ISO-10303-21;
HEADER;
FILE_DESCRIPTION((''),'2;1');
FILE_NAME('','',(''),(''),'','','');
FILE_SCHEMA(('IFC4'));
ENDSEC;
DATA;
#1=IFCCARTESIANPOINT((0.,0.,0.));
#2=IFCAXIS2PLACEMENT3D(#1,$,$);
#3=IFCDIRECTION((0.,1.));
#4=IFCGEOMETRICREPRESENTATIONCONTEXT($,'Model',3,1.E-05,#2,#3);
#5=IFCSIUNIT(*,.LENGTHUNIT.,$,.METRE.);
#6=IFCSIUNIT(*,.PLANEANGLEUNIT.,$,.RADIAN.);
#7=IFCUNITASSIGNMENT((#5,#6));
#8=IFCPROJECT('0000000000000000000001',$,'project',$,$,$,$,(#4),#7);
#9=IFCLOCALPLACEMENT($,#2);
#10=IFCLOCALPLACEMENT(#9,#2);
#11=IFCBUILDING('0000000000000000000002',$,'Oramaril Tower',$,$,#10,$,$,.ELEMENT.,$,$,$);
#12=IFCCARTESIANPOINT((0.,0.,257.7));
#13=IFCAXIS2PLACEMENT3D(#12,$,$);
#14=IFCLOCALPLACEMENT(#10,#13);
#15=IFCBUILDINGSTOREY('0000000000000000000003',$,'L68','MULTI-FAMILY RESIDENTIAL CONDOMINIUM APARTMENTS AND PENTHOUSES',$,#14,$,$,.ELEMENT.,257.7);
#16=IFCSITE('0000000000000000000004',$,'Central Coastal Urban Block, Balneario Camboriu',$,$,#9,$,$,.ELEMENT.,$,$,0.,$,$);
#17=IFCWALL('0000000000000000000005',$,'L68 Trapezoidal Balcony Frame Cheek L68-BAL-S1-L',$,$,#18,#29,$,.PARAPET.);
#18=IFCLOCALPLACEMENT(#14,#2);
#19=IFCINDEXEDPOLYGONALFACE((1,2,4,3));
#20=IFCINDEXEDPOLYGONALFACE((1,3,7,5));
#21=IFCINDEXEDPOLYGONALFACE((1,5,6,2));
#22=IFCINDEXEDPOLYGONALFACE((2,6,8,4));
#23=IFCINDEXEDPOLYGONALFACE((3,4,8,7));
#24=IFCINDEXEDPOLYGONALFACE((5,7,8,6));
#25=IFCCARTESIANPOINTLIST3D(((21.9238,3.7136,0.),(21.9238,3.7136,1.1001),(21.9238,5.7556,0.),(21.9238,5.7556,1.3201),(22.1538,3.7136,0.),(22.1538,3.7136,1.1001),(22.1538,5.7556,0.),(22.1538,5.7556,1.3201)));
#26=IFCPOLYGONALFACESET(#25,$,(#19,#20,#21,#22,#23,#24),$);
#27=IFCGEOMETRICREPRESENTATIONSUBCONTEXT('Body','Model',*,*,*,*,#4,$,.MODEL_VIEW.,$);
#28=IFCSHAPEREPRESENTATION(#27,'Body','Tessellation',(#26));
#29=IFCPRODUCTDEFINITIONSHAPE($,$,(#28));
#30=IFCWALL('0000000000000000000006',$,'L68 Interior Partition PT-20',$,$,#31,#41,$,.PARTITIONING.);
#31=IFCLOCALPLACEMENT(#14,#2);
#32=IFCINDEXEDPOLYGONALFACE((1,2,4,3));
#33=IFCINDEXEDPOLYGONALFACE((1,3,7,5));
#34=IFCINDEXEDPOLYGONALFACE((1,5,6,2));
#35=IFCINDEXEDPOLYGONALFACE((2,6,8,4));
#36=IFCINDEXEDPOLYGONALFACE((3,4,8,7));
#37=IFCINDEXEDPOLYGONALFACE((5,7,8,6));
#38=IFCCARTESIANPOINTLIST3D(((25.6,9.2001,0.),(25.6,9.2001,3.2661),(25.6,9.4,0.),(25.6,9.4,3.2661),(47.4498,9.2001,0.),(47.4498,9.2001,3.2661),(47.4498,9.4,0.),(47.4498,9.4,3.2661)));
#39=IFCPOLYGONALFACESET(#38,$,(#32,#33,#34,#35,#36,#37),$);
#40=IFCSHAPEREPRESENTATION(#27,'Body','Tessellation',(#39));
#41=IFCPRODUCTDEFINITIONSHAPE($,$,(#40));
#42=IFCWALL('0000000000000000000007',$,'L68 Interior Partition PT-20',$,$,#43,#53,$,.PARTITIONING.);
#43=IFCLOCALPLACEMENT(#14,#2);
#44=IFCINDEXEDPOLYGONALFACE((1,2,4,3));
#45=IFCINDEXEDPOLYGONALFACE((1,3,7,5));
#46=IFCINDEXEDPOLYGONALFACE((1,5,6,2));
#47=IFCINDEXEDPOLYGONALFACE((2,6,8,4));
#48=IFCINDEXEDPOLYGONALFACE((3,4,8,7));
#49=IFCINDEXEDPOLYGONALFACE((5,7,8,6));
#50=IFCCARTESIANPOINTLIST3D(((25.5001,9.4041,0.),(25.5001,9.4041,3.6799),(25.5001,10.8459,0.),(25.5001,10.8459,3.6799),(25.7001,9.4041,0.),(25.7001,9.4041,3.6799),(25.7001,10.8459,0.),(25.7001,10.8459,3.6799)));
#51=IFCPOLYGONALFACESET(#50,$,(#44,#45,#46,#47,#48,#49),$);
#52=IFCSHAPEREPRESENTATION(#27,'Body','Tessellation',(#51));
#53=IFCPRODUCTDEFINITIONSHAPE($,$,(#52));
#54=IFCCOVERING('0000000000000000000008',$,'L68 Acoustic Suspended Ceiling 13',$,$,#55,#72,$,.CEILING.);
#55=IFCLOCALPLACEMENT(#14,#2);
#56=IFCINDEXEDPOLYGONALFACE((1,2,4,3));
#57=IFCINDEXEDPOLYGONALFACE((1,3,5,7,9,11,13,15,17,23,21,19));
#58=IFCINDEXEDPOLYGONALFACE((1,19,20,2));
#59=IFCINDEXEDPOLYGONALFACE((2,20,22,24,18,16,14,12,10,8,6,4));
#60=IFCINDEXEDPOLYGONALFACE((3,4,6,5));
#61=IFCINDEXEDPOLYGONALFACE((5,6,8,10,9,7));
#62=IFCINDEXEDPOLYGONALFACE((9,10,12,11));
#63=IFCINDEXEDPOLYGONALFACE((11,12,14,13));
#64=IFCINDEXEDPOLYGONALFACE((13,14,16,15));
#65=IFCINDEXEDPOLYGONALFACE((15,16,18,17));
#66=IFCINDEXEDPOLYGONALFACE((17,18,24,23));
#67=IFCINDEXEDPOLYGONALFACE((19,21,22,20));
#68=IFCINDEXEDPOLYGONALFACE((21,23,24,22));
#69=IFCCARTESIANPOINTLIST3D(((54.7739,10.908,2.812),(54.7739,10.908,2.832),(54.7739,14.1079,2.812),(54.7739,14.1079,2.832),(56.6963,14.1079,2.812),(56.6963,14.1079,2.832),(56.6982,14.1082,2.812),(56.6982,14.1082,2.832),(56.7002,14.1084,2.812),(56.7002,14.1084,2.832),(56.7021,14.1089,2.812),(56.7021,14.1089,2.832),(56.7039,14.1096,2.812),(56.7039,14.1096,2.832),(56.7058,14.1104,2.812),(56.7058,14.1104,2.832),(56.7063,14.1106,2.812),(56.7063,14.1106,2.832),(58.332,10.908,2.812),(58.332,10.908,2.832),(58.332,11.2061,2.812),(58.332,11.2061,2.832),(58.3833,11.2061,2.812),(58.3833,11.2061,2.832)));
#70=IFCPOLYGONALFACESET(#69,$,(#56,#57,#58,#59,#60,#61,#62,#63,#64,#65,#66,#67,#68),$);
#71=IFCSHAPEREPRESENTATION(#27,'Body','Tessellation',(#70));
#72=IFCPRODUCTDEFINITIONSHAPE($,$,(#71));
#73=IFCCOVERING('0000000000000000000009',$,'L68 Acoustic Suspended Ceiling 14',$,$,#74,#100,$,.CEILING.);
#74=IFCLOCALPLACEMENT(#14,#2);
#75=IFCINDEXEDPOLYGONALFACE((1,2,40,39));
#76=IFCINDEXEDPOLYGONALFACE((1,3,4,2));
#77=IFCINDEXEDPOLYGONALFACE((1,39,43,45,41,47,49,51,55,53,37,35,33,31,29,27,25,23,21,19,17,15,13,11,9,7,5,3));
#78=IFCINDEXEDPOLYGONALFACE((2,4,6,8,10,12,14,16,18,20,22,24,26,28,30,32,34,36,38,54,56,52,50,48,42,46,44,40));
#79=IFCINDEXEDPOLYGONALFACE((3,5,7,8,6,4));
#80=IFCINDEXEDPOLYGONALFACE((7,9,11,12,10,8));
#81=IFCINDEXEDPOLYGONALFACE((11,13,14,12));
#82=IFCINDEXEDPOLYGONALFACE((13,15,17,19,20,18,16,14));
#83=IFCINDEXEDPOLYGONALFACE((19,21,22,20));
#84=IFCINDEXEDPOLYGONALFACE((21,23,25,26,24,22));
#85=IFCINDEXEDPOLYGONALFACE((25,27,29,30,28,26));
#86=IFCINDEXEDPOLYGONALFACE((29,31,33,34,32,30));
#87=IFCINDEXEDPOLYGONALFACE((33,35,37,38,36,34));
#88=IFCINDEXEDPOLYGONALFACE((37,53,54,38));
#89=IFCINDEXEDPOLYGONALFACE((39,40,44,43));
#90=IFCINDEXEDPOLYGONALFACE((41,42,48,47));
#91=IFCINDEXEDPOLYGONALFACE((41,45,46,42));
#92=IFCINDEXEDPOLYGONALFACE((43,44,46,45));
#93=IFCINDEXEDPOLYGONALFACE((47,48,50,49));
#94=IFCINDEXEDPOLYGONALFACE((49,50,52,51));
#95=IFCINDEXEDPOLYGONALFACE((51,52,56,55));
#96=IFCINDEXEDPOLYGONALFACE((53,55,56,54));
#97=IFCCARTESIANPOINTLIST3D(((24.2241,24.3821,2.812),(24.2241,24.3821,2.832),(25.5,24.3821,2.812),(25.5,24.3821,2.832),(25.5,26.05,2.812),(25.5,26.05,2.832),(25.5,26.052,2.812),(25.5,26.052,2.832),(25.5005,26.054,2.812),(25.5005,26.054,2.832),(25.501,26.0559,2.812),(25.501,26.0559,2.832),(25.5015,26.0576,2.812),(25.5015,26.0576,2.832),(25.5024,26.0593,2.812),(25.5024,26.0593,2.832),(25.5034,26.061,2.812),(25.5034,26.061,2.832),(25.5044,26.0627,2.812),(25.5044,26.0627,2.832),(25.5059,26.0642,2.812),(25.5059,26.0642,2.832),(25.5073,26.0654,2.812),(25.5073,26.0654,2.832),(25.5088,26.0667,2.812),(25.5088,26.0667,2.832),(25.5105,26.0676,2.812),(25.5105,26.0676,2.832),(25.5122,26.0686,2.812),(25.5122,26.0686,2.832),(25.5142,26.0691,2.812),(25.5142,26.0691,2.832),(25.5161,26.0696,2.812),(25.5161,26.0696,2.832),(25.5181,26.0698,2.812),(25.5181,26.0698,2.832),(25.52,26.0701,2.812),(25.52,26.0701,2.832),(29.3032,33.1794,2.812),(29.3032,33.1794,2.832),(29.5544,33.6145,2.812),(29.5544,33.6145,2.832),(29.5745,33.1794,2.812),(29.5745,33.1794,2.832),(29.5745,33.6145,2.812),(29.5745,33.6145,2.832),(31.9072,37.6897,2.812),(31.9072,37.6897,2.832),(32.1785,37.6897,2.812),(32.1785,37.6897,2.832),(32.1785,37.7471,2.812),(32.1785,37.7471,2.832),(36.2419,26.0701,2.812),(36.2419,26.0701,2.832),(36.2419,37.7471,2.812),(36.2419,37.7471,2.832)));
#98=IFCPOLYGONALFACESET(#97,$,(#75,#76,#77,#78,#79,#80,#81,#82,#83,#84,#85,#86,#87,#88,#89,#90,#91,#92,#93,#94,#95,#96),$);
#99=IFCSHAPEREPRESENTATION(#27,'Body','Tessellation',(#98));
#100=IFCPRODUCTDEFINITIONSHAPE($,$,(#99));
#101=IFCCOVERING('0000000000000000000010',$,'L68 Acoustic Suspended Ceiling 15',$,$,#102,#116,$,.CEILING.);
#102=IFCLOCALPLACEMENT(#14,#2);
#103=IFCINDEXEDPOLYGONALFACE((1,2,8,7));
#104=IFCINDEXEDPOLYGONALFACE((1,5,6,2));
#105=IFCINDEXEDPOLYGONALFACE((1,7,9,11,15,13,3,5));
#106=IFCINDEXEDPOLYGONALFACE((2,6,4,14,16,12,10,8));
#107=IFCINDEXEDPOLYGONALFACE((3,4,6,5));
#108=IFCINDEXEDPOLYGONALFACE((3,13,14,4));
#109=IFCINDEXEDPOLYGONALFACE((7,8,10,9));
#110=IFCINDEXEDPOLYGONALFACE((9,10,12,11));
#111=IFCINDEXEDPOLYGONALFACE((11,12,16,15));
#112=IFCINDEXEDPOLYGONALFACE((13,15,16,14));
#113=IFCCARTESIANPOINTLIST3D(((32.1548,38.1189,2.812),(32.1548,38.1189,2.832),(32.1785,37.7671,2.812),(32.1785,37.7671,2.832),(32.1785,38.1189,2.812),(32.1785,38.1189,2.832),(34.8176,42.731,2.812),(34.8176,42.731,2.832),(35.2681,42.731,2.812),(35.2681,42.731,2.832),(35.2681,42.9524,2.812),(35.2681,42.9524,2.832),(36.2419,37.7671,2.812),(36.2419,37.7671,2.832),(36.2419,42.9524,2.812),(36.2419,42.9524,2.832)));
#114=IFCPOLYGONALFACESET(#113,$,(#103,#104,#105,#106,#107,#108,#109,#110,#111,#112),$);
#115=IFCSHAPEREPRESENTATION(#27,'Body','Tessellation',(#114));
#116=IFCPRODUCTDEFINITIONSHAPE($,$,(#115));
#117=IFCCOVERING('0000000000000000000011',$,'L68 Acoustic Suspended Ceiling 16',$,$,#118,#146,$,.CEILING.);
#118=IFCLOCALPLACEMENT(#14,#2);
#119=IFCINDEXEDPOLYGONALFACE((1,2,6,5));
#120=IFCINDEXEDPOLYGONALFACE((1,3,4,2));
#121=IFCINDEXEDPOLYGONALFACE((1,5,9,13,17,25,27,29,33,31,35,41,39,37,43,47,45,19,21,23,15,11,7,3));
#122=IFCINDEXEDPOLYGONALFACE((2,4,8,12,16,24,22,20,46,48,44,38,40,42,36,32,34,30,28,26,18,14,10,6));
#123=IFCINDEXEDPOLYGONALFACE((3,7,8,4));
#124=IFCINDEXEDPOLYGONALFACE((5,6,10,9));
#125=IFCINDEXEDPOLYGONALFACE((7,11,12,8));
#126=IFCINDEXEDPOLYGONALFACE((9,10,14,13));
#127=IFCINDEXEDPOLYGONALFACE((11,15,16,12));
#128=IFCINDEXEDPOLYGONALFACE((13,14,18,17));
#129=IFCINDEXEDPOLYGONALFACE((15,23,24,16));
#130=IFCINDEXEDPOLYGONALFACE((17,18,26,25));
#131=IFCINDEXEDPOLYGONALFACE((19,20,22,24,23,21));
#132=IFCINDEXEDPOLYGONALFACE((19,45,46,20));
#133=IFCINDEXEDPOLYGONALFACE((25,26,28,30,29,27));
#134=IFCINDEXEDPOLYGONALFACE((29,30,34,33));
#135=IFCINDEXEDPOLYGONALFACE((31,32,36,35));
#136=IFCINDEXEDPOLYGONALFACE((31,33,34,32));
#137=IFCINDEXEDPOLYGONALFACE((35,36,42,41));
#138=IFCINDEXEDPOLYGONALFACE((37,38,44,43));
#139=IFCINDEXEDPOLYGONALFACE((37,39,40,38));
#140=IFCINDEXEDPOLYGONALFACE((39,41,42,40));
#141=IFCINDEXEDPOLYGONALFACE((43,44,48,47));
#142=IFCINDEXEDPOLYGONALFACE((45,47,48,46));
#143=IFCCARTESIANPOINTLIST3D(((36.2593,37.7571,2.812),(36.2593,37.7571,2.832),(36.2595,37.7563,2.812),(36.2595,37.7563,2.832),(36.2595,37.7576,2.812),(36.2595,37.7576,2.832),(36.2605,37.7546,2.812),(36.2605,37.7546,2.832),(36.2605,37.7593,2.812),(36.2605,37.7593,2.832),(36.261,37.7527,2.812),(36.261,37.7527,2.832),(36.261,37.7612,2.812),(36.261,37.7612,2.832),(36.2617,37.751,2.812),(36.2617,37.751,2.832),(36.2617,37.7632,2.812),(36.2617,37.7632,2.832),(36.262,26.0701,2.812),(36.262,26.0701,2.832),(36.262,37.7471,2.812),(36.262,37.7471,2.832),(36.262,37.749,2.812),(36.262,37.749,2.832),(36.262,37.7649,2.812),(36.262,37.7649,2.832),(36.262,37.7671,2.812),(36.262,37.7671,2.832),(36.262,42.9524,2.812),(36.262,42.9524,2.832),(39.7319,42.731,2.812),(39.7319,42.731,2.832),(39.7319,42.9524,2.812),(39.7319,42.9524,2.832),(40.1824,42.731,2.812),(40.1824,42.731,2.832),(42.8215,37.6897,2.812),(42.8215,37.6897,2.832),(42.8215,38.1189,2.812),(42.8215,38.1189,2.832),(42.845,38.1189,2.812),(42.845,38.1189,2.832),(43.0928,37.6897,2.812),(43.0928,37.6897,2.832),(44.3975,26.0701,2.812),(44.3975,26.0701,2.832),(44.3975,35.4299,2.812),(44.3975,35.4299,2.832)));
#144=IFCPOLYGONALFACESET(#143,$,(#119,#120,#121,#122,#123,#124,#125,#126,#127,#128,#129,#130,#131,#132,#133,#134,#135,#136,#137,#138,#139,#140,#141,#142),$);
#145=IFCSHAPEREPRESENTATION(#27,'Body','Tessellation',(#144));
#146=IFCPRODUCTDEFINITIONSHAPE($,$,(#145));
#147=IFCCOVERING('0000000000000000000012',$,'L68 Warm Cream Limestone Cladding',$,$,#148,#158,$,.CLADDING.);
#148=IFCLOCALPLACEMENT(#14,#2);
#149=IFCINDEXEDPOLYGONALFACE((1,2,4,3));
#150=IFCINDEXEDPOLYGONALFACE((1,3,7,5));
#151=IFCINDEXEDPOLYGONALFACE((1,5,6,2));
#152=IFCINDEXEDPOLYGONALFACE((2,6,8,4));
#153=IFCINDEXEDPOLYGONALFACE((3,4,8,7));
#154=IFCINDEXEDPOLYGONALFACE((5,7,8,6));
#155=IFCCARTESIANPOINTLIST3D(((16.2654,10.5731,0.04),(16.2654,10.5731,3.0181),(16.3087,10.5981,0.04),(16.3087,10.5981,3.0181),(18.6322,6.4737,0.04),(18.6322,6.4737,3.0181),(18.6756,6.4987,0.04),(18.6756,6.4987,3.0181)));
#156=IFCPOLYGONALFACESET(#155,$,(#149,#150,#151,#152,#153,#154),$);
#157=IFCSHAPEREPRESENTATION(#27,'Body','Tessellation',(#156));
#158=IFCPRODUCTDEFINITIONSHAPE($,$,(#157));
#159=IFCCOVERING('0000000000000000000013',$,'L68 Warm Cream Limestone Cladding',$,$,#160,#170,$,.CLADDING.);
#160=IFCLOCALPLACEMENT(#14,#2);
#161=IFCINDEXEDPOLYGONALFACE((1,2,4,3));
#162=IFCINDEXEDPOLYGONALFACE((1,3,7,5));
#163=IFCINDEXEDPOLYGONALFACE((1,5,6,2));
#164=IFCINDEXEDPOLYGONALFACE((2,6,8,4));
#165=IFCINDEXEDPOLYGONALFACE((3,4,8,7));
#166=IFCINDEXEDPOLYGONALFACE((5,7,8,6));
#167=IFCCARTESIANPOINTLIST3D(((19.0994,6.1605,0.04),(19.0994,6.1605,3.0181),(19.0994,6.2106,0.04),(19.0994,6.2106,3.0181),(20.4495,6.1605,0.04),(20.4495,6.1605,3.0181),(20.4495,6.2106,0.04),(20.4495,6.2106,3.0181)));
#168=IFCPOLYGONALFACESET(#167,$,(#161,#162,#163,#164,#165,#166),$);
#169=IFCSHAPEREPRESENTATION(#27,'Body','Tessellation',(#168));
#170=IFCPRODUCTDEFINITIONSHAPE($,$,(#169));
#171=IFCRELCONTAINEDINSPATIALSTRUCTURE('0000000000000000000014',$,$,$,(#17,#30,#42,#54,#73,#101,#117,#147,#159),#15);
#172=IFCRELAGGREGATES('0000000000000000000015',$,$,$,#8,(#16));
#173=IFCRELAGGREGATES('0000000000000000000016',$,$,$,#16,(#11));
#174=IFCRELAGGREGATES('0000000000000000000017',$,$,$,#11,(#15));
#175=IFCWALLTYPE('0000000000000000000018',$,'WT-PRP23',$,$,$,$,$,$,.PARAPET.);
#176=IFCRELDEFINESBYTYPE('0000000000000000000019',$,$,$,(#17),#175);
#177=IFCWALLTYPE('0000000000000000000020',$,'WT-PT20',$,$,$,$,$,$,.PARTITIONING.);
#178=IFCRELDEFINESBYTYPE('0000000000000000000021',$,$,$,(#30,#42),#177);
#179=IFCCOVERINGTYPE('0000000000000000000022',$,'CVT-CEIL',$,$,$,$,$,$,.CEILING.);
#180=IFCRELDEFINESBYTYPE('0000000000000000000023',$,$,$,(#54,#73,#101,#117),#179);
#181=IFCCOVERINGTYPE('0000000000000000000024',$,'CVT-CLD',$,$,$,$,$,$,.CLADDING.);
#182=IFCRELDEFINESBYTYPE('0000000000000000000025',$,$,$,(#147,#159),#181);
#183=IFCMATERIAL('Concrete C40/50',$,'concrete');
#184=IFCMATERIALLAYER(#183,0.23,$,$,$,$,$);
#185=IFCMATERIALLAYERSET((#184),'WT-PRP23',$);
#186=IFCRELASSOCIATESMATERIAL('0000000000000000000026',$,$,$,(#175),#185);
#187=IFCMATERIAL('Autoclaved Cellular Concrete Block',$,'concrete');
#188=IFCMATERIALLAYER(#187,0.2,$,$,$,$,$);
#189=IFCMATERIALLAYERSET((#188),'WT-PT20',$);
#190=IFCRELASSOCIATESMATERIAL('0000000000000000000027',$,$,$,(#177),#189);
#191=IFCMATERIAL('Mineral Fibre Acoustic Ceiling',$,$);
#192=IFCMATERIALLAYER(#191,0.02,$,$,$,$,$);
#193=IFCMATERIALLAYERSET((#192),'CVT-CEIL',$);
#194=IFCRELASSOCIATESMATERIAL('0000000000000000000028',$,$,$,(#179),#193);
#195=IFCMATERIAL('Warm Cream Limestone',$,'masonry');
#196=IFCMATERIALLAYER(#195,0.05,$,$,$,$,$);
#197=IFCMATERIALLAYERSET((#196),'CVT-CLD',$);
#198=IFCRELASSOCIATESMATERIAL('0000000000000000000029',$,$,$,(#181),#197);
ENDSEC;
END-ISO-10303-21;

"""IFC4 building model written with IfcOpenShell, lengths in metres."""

from ifc_helpers import new_model, si_unit, direction, frame, frame_2d, origin, origin_2d, place, context, subcontext, project, spatial, polyline, rectangle, outline, extrude, material, layer, layer_set, type_object, element, save


model = new_model("IFC4")

# Units and contexts
model_context = context("Model", 3, precision=1e-05, world=origin(), true_north=direction((0.0, 1.0)))
body_context = subcontext(model_context, "Body", "Model", "MODEL_VIEW")
ifc_project = project(units=[si_unit("LENGTHUNIT", "METRE"), si_unit("PLANEANGLEUNIT", "RADIAN")], contexts=[model_context])

# Site, building, storey
site_placement = place(None, origin())
site = spatial("IfcSite", under=ifc_project, at=site_placement, Name="Central Coastal Urban Block, Balneario Camboriu", CompositionType="ELEMENT", RefElevation=0.0)
building_placement = place(site_placement, origin())
building = spatial("IfcBuilding", under=site, at=building_placement, Name="Oramaril Tower", CompositionType="ELEMENT")
storey_placement = place(building_placement, frame((0.0, 0.0, 257.7)))
storey = spatial("IfcBuildingStorey", under=building, at=storey_placement, Name="L68", Description="MULTI-FAMILY RESIDENTIAL CONDOMINIUM APARTMENTS AND PENTHOUSES", CompositionType="ELEMENT", Elevation=257.7)

# Walls
ifc_material_1 = material(Name="Concrete C40/50", Category="concrete")
ifc_layer_1 = layer(ifc_material_1, 0.23)
ifc_layer_set_1 = layer_set([ifc_layer_1], Name="WT-PRP23")
wall_type_1 = type_object("IfcWallType", Name="WT-PRP23", PredefinedType="PARAPET", material=ifc_layer_set_1)
wall_1_placement = place(storey_placement, frame((22.0388, 5.7556, 0.0), z_axis=(0.0, 0.0, 1.0), x_axis=(0.0, -1.0, 0.0)))
element("IfcWall", 1, at=wall_1_placement, inside=storey, type_object=wall_type_1, Name="L68 Trapezoidal Balcony Frame Cheek L68-BAL-S1-L", PredefinedType="PARAPET", context=body_context, shape_type="SweptSolid", body=[
    extrude(outline(polyline([(0.0, 0.0), (2.042, 0.0), (2.042, 1.1001), (0.0, 1.3201), (0.0, 0.0)])), frame((0.0, 0.115, 0.0), z_axis=(0.0, -1.0, 0.0), x_axis=(1.0, 0.0, 0.0)), (0.0, 0.0, 1.0), 0.23),
])
ifc_material_2 = material(Name="Autoclaved Cellular Concrete Block", Category="concrete")
ifc_layer_2 = layer(ifc_material_2, 0.2)
ifc_layer_set_2 = layer_set([ifc_layer_2], Name="WT-PT20")
wall_type_2 = type_object("IfcWallType", Name="WT-PT20", PredefinedType="PARTITIONING", material=ifc_layer_set_2)
wall_2_placement = place(storey_placement, frame((25.6001, 9.3, 0.0), z_axis=(0.0, 0.0, 1.0), x_axis=(1.0, 0.0, 0.0)))
element("IfcWall", 2, at=wall_2_placement, inside=storey, type_object=wall_type_2, Name="L68 Interior Partition PT-20", PredefinedType="PARTITIONING", context=body_context, shape_type="SweptSolid", body=[
    extrude(rectangle(XDim=21.8499, YDim=0.2, at=frame_2d((10.9248, 0.0))), origin(), (0.0, 0.0, 1.0), 3.2661),
])
wall_3_placement = place(storey_placement, frame((25.6001, 9.4041, 0.0), z_axis=(0.0, 0.0, 1.0), x_axis=(0.0, 1.0, 0.0)))
element("IfcWall", 3, at=wall_3_placement, inside=storey, type_object=wall_type_2, Name="L68 Interior Partition PT-20", PredefinedType="PARTITIONING", context=body_context, shape_type="SweptSolid", body=[
    extrude(rectangle(XDim=1.4419, YDim=0.2, at=frame_2d((0.7209, 0.0))), origin(), (0.0, 0.0, 1.0), 3.6799),
])

# Coverings
ifc_material_3 = material(Name="Mineral Fibre Acoustic Ceiling")
ifc_layer_3 = layer(ifc_material_3, 0.02)
ifc_layer_set_3 = layer_set([ifc_layer_3], Name="CVT-CEIL")
covering_type_1 = type_object("IfcCoveringType", Name="CVT-CEIL", PredefinedType="CEILING", material=ifc_layer_set_3)
covering_1_placement = place(storey_placement, frame((0.0, 0.0, 2.812)))
element("IfcCovering", 4, at=covering_1_placement, inside=storey, type_object=covering_type_1, Name="L68 Acoustic Suspended Ceiling 13", PredefinedType="CEILING", context=body_context, shape_type="SweptSolid", body=[
    extrude(outline(polyline([(58.332, 11.2061), (58.332, 10.908), (54.7739, 10.908), (54.7739, 14.1079), (56.6963, 14.1079), (56.6982, 14.1082), (56.7002, 14.1084), (56.7021, 14.1089), (56.7039, 14.1096), (56.7058, 14.1104), (56.7063, 14.1106), (58.3833, 11.2061), (58.332, 11.2061)])), origin(), (0.0, 0.0, 1.0), 0.02),
])
covering_2_placement = place(storey_placement, frame((0.0, 0.0, 2.812)))
element("IfcCovering", 5, at=covering_2_placement, inside=storey, type_object=covering_type_1, Name="L68 Acoustic Suspended Ceiling 14", PredefinedType="CEILING", context=body_context, shape_type="SweptSolid", body=[
    extrude(outline(polyline([(29.3032, 33.1794), (29.5745, 33.1794), (29.5745, 33.6145), (29.5544, 33.6145), (31.9072, 37.6897), (32.1785, 37.6897), (32.1785, 37.7471), (36.2419, 37.7471), (36.2419, 26.0701), (25.52, 26.0701), (25.5181, 26.0698), (25.5161, 26.0696), (25.5142, 26.0691), (25.5122, 26.0686), (25.5105, 26.0676), (25.5088, 26.0667), (25.5073, 26.0654), (25.5059, 26.0642), (25.5044, 26.0627), (25.5034, 26.061), (25.5024, 26.0593), (25.5015, 26.0576), (25.501, 26.0559), (25.5005, 26.054), (25.5, 26.052), (25.5, 26.05), (25.5, 24.3821), (24.2241, 24.3821), (29.3032, 33.1794)])), origin(), (0.0, 0.0, 1.0), 0.02),
])
covering_3_placement = place(storey_placement, frame((0.0, 0.0, 2.812)))
element("IfcCovering", 6, at=covering_3_placement, inside=storey, type_object=covering_type_1, Name="L68 Acoustic Suspended Ceiling 15", PredefinedType="CEILING", context=body_context, shape_type="SweptSolid", body=[
    extrude(outline(polyline([(32.1785, 38.1189), (32.1548, 38.1189), (34.8176, 42.731), (35.2681, 42.731), (35.2681, 42.9524), (36.2419, 42.9524), (36.2419, 37.7671), (32.1785, 37.7671), (32.1785, 38.1189)])), origin(), (0.0, 0.0, 1.0), 0.02),
])
covering_4_placement = place(storey_placement, frame((0.0, 0.0, 2.812)))
element("IfcCovering", 7, at=covering_4_placement, inside=storey, type_object=covering_type_1, Name="L68 Acoustic Suspended Ceiling 16", PredefinedType="CEILING", context=body_context, shape_type="SweptSolid", body=[
    extrude(outline(polyline([(39.7319, 42.9524), (39.7319, 42.731), (40.1824, 42.731), (42.845, 38.1189), (42.8215, 38.1189), (42.8215, 37.6897), (43.0928, 37.6897), (44.3975, 35.4299), (44.3975, 26.0701), (36.262, 26.0701), (36.262, 37.7471), (36.262, 37.749), (36.2617, 37.751), (36.261, 37.7527), (36.2605, 37.7546), (36.2595, 37.7563), (36.2593, 37.7571), (36.2595, 37.7576), (36.2605, 37.7593), (36.261, 37.7612), (36.2617, 37.7632), (36.262, 37.7649), (36.262, 37.7671), (36.262, 42.9524), (39.7319, 42.9524)])), origin(), (0.0, 0.0, 1.0), 0.02),
])
ifc_material_4 = material(Name="Warm Cream Limestone", Category="masonry")
ifc_layer_4 = layer(ifc_material_4, 0.05)
ifc_layer_set_4 = layer_set([ifc_layer_4], Name="CVT-CLD")
covering_type_2 = type_object("IfcCoveringType", Name="CVT-CLD", PredefinedType="CLADDING", material=ifc_layer_set_4)
covering_5_placement = place(storey_placement, frame((17.4705, 8.5359, 0.04), z_axis=(0.0, 0.0, 1.0), x_axis=(0.500009, -0.86602, 0.0)))
element("IfcCovering", 8, at=covering_5_placement, inside=storey, type_object=covering_type_2, Name="L68 Warm Cream Limestone Cladding", PredefinedType="CLADDING", context=body_context, shape_type="SweptSolid", body=[
    extrude(rectangle(XDim=4.7336, YDim=0.05, at=origin_2d()), origin(), (0.0, 0.0, 1.0), 2.978),
])
covering_6_placement = place(storey_placement, frame((19.7744, 6.1855, 0.04), z_axis=(0.0, 0.0, 1.0), x_axis=(1.0, 0.0, 0.0)))
element("IfcCovering", 9, at=covering_6_placement, inside=storey, type_object=covering_type_2, Name="L68 Warm Cream Limestone Cladding", PredefinedType="CLADDING", context=body_context, shape_type="SweptSolid", body=[
    extrude(rectangle(XDim=1.3501, YDim=0.05, at=origin_2d()), origin(), (0.0, 0.0, 1.0), 2.978),
])

save(model, "model.ifc")
